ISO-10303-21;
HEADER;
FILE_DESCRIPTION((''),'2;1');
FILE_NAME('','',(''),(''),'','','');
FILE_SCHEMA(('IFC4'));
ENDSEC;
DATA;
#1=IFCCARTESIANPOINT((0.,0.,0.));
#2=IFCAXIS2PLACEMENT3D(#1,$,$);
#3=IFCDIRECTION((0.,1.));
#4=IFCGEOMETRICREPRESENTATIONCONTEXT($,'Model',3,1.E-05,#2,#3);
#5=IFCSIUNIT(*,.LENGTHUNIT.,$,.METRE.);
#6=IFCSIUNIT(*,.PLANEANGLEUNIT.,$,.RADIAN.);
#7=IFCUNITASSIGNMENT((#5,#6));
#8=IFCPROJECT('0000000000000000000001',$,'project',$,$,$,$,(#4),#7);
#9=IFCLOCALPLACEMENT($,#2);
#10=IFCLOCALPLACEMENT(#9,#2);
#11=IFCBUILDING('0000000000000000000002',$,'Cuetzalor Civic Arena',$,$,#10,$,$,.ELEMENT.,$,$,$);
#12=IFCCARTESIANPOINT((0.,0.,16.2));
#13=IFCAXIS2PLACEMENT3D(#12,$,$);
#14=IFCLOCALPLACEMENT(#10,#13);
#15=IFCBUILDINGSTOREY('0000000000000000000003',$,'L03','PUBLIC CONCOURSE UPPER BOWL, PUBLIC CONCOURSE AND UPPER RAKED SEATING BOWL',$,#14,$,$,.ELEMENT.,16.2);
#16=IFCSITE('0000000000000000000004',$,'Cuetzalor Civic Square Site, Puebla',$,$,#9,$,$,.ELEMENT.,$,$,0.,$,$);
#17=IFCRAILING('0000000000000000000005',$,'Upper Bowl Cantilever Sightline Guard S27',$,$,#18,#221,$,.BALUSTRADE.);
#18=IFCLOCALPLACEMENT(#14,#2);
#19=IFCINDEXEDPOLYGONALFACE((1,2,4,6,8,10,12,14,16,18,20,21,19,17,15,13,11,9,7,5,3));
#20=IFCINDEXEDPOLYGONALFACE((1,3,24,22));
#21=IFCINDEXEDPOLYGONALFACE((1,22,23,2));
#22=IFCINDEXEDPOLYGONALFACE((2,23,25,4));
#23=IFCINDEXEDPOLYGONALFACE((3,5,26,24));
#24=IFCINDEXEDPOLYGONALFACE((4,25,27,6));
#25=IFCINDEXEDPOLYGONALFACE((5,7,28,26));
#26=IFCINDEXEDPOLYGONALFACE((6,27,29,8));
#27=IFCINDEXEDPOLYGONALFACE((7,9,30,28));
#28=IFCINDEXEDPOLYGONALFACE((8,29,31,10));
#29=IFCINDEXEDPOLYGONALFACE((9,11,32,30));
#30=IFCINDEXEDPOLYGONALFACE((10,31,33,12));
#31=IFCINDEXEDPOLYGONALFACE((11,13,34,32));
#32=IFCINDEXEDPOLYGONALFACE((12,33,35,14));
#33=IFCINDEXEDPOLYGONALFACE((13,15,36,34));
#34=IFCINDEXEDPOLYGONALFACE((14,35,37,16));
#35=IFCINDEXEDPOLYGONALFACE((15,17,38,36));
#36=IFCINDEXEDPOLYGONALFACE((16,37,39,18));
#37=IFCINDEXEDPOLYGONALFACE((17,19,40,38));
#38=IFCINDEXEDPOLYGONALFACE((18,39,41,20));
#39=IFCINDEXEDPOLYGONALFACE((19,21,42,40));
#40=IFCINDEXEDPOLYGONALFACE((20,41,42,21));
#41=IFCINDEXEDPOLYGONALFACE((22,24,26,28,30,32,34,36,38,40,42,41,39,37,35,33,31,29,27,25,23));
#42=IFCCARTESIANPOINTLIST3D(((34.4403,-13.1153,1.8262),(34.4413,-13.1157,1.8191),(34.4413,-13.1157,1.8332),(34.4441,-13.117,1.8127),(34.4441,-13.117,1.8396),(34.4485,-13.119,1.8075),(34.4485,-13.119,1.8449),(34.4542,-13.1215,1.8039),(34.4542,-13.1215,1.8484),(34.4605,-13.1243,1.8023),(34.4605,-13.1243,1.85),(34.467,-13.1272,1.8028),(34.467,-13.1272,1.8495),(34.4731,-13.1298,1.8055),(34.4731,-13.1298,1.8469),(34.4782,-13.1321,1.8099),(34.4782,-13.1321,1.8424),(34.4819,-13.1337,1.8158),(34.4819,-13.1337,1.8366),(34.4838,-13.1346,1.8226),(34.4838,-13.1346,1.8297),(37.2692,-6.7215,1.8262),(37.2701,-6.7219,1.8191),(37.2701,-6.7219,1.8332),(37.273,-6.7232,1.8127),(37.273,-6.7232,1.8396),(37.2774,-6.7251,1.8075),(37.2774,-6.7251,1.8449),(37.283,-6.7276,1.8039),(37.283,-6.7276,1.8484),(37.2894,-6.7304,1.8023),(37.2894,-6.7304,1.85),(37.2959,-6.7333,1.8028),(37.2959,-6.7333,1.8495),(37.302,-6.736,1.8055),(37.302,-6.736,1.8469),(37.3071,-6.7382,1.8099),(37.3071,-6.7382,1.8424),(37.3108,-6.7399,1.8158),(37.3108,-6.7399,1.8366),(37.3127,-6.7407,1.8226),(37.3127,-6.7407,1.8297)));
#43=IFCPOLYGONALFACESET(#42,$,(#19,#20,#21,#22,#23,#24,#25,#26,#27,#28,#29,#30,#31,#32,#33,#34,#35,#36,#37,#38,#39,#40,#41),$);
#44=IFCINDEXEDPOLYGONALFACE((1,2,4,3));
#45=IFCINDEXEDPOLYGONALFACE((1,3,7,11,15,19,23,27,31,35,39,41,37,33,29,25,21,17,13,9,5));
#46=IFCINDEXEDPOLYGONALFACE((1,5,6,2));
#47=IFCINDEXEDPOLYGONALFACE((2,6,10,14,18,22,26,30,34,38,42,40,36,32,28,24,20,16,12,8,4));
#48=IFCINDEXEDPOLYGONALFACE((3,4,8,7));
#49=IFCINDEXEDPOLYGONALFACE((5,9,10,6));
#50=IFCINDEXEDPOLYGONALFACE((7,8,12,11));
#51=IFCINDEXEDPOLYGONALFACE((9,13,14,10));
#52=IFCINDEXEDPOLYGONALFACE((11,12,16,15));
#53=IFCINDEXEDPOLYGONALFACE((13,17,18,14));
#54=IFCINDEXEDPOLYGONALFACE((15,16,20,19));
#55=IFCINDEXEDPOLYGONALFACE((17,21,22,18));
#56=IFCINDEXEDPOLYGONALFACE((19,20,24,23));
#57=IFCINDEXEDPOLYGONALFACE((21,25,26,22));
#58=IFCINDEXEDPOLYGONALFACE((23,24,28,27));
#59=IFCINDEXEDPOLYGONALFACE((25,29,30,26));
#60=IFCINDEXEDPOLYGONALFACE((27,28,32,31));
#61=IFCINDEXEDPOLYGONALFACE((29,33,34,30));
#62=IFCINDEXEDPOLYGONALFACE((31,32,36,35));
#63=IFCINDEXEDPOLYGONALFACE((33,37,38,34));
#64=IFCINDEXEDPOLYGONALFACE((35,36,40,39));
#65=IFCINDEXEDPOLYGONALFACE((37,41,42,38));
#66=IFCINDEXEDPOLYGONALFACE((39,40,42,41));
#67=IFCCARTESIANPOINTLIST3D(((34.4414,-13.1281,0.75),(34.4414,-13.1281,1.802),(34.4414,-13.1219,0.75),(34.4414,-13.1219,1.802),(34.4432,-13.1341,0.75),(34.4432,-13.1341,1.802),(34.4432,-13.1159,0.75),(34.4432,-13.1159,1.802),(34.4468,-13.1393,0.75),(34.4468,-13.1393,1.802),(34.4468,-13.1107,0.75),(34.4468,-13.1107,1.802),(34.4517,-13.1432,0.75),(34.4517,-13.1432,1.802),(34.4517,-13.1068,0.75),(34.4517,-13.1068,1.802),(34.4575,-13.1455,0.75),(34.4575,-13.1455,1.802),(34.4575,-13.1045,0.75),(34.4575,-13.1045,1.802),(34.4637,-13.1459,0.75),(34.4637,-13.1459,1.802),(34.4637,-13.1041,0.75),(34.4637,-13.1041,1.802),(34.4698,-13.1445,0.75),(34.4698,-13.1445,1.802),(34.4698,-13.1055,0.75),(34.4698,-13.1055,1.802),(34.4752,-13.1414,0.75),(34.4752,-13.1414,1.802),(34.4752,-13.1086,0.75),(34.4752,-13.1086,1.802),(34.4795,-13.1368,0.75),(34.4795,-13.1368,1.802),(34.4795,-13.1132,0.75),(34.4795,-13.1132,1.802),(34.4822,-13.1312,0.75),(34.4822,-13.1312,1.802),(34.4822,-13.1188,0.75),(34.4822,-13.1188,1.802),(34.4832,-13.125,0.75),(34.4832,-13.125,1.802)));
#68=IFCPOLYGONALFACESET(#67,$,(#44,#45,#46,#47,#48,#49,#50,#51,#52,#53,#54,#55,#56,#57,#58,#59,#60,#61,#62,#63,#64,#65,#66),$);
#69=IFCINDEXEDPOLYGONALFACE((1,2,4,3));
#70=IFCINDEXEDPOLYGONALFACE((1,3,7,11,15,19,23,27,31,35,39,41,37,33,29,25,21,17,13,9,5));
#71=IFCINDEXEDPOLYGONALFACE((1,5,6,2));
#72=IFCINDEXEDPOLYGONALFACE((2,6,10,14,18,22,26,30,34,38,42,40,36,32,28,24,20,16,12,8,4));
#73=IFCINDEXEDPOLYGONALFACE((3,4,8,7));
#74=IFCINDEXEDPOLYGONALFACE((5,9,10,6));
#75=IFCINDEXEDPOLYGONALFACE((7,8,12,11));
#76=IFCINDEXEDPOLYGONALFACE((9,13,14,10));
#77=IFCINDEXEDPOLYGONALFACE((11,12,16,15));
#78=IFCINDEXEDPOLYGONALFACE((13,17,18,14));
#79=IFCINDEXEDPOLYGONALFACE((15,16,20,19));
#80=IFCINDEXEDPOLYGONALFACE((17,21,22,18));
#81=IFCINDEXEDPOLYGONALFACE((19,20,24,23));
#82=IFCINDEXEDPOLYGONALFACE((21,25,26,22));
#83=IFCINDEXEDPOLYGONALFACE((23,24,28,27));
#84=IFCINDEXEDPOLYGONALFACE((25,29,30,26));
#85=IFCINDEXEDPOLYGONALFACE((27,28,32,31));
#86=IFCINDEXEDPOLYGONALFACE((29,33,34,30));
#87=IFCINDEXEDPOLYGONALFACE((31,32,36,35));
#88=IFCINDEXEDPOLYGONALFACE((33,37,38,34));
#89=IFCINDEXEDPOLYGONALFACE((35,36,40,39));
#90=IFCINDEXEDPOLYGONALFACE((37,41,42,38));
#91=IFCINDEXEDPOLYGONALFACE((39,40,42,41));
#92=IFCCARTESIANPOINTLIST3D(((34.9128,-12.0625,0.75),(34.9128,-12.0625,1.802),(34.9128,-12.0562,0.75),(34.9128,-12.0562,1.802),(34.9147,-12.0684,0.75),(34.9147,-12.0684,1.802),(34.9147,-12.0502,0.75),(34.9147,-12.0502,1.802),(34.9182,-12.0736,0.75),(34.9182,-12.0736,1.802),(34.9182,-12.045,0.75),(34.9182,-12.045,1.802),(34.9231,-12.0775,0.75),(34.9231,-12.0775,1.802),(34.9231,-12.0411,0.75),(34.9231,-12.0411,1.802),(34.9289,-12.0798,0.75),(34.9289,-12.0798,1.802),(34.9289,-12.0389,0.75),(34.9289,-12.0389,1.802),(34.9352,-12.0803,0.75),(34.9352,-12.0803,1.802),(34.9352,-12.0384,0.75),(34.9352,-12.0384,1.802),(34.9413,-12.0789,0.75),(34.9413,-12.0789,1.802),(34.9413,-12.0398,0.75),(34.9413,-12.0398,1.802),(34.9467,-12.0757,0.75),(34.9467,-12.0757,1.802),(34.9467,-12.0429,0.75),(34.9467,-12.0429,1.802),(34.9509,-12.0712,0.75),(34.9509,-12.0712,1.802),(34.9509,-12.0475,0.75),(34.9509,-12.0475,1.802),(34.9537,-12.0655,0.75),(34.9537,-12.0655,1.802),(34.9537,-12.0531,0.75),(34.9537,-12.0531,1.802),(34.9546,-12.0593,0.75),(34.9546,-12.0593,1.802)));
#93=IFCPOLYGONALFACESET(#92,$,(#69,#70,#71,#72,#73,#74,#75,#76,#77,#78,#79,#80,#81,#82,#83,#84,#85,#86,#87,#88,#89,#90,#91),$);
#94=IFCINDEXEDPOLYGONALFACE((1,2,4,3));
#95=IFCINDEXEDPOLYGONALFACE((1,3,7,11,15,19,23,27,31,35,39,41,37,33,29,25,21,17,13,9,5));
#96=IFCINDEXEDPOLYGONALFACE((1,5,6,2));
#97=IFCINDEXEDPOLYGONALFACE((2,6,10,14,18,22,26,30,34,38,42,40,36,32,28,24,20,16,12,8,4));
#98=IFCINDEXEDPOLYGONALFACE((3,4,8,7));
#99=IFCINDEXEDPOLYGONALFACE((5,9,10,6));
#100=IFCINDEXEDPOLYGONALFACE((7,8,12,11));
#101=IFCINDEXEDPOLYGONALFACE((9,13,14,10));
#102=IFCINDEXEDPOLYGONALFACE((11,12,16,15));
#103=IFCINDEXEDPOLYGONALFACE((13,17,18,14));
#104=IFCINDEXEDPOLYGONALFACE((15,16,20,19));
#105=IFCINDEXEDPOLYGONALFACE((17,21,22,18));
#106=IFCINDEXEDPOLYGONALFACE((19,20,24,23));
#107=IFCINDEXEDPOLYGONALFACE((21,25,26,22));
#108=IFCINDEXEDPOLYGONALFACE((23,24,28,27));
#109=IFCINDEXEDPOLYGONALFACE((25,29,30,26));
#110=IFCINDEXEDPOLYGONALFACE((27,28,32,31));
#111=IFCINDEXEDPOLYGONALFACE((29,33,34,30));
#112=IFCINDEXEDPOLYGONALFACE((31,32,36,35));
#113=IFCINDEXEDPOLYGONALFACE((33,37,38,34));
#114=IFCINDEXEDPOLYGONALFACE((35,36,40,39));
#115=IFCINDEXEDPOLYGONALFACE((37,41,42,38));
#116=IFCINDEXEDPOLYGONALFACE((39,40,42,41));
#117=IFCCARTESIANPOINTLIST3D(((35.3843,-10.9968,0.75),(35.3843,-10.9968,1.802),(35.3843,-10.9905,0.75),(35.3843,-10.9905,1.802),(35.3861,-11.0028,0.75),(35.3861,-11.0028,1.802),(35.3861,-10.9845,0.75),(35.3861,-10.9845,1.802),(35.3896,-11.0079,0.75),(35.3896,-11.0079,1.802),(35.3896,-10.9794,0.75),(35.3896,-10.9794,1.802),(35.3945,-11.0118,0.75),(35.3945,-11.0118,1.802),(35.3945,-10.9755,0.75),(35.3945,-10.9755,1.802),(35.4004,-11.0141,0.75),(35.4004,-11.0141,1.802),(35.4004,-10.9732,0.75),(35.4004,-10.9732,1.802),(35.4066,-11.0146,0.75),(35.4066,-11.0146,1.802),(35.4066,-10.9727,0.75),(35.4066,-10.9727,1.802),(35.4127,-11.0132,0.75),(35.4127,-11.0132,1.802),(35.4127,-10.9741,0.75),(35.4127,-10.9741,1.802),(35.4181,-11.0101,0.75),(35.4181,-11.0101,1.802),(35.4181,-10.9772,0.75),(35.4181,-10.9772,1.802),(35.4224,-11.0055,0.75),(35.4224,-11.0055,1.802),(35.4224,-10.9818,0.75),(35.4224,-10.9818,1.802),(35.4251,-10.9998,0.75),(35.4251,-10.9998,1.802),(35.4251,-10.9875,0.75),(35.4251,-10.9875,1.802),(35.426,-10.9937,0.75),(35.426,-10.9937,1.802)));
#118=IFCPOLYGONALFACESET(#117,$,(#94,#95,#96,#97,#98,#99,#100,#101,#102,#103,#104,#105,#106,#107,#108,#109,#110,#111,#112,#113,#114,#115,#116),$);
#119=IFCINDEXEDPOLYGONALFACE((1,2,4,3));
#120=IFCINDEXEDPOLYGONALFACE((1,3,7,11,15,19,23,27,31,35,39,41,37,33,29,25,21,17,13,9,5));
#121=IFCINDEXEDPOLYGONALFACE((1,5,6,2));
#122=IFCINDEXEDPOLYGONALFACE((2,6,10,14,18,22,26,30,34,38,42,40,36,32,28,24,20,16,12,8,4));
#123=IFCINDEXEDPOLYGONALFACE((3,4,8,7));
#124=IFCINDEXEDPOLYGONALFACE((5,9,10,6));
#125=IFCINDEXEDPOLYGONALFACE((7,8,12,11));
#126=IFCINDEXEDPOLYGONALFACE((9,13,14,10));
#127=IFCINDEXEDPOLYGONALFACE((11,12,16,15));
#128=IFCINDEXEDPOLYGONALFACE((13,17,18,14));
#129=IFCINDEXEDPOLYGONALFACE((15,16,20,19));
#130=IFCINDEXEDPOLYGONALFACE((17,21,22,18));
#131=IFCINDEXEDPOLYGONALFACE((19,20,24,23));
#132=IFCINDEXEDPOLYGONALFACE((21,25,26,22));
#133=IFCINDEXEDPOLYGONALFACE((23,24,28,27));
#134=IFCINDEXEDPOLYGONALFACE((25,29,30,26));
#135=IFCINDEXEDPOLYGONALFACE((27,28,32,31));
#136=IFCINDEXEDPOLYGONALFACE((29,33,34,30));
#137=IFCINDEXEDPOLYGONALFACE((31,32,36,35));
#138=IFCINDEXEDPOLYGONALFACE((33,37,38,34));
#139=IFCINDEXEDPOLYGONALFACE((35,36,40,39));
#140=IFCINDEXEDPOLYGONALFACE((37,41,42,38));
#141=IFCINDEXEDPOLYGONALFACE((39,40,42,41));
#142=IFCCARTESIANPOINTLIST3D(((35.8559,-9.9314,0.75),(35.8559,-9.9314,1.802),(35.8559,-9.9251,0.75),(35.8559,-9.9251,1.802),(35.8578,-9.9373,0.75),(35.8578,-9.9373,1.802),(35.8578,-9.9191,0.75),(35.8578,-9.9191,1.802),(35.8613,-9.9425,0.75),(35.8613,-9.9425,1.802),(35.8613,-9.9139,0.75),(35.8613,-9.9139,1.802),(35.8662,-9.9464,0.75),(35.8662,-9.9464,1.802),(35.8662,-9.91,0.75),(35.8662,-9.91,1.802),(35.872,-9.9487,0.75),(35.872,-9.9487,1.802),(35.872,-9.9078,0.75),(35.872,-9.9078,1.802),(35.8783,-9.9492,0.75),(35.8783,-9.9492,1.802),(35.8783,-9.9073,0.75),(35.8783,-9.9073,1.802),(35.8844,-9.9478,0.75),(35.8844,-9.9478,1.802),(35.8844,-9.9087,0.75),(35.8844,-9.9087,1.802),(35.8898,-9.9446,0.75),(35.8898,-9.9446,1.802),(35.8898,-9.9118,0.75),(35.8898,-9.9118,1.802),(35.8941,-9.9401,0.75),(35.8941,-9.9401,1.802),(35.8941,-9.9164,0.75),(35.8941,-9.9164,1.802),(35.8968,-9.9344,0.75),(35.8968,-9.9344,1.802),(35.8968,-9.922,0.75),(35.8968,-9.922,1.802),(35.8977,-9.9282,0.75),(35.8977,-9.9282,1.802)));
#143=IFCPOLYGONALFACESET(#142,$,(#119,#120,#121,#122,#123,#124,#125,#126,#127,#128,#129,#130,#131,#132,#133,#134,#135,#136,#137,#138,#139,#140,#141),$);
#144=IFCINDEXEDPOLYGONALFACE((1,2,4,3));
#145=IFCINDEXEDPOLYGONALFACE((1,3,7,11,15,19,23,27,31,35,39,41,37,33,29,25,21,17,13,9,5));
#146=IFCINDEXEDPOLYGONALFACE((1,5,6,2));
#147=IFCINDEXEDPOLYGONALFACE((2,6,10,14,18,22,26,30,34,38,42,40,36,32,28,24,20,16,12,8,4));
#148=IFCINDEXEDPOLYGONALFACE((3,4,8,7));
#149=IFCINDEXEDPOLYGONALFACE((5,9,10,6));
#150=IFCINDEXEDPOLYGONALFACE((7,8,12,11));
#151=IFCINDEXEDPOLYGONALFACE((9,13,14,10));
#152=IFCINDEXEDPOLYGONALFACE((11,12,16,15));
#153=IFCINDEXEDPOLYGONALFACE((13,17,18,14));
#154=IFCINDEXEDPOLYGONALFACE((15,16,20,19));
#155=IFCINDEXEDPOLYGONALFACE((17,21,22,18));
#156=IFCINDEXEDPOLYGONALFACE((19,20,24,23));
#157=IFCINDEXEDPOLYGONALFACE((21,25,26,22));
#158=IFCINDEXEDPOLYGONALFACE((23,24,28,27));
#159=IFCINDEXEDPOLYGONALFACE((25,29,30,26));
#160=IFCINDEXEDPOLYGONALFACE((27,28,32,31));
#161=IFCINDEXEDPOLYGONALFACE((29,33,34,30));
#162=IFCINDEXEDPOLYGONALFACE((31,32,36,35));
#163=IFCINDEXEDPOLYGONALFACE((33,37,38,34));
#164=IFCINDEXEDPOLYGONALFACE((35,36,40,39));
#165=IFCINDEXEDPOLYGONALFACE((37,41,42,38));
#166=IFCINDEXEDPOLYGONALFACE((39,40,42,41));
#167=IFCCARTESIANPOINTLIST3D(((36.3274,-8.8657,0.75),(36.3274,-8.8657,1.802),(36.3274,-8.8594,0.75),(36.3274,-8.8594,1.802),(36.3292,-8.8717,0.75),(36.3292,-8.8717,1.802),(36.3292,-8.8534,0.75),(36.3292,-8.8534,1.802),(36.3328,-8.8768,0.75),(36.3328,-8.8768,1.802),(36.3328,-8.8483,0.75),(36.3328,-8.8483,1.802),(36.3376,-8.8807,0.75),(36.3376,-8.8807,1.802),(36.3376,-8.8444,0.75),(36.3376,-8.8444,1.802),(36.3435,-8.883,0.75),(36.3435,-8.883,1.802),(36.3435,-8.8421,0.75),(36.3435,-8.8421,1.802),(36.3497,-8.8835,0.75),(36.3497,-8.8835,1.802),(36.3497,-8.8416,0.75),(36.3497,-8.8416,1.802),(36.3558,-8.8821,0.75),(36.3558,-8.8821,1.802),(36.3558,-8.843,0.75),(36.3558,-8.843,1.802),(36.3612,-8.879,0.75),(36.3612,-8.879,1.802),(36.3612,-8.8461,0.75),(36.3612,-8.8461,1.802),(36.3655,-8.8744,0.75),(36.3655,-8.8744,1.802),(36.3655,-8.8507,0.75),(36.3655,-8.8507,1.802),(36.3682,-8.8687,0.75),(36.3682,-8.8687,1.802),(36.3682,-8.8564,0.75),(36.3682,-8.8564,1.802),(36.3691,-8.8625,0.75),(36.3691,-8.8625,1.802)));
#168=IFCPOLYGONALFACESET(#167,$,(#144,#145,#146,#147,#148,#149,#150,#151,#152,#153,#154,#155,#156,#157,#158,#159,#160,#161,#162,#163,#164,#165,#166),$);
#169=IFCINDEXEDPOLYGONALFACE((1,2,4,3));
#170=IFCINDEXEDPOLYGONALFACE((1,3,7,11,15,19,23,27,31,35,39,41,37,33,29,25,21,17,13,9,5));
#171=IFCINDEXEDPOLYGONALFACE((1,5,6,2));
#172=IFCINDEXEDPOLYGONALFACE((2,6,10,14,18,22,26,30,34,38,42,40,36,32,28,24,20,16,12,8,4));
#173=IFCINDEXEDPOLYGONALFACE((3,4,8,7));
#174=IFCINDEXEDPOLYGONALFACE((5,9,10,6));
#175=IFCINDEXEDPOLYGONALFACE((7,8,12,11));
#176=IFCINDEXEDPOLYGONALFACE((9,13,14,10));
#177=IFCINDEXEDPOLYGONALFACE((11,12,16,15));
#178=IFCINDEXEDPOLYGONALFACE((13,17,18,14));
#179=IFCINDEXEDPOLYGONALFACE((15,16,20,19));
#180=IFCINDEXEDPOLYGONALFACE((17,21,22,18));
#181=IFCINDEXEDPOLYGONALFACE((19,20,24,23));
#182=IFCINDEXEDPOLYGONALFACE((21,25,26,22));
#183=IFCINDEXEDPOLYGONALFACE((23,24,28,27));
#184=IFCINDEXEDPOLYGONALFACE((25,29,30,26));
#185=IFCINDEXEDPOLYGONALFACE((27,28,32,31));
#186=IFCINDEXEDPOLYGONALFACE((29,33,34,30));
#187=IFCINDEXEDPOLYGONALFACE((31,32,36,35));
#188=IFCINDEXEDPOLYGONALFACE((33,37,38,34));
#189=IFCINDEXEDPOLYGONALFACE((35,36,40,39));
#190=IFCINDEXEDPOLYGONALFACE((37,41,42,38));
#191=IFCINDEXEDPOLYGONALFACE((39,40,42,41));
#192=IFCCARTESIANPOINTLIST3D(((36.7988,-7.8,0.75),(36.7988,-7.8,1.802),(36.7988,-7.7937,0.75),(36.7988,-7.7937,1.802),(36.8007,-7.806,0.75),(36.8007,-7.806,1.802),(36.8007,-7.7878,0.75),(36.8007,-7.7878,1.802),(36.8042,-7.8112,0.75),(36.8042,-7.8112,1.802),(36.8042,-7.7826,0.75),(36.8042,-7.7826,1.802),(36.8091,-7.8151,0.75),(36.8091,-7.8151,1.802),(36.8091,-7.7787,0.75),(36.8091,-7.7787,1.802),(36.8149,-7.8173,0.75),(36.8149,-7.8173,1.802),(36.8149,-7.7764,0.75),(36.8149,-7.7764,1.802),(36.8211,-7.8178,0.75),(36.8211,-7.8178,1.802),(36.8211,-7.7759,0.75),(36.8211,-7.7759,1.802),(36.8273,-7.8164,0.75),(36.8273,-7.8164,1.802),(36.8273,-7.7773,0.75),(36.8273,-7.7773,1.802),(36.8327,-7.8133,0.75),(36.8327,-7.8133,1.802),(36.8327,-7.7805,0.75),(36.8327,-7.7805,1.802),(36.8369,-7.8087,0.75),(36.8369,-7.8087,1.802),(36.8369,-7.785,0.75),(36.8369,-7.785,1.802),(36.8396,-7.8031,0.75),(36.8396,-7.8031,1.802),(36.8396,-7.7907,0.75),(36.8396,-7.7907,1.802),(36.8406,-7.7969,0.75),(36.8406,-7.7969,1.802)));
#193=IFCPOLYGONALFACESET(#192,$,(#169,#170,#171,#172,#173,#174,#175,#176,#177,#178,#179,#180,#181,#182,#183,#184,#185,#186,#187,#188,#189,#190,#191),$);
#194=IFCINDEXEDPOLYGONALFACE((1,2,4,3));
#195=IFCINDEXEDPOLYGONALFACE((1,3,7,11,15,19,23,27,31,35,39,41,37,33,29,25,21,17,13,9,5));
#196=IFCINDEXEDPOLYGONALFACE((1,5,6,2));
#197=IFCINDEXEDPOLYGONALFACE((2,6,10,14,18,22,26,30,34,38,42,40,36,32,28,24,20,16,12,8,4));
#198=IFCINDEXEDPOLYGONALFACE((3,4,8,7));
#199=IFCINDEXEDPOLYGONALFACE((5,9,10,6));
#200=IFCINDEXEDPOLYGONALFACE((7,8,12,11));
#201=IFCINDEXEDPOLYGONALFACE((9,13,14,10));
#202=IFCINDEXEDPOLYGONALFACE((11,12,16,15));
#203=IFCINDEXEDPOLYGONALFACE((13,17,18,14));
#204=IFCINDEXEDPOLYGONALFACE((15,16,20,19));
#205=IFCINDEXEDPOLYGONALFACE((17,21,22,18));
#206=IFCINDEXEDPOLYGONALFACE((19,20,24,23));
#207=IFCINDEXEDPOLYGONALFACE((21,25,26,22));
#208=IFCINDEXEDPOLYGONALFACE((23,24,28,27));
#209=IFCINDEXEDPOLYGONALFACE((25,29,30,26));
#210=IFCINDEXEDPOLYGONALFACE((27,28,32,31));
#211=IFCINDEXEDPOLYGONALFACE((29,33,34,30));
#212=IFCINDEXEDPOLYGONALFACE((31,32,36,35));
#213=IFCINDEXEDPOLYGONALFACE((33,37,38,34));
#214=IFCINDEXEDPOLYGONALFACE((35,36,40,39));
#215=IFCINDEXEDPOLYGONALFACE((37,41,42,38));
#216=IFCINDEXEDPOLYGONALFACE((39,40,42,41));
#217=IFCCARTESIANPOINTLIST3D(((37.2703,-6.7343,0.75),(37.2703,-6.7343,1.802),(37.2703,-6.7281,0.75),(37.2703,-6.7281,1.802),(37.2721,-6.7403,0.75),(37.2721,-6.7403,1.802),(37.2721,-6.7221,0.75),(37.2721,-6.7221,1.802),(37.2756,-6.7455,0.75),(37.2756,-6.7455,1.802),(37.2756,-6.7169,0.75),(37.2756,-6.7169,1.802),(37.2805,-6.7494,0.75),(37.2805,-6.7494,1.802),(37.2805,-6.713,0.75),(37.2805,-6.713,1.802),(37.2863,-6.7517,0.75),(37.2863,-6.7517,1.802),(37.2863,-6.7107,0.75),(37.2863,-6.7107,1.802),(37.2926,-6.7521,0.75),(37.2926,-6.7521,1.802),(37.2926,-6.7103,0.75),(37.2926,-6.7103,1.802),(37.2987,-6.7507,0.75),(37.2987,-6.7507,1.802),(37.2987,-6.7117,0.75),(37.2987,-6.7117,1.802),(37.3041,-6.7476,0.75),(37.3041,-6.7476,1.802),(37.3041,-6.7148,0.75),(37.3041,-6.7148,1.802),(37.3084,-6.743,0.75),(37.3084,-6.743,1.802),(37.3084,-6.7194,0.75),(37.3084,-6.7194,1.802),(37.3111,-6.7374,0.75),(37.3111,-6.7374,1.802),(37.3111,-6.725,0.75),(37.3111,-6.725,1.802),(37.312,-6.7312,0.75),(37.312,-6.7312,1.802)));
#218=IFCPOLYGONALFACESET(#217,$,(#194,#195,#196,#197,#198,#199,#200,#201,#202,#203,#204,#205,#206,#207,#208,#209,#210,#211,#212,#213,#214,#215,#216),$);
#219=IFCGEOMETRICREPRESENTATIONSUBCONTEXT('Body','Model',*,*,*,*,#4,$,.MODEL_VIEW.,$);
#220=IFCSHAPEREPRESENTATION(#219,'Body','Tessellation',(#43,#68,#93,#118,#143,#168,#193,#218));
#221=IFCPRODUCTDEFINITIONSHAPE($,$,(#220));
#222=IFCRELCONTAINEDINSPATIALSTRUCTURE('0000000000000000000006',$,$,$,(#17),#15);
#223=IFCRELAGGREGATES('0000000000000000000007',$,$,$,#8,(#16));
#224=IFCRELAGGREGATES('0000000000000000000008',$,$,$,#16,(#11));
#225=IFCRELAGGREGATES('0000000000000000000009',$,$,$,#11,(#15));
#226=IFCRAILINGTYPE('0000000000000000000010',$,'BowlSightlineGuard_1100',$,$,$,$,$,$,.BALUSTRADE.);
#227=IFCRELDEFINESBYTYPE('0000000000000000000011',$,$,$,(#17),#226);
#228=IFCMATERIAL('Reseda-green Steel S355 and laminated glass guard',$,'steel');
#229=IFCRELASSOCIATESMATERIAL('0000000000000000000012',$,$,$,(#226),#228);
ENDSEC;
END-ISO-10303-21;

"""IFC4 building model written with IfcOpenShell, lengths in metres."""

from ifc_helpers import new_model, si_unit, direction, frame, origin, origin_2d, place, context, subcontext, project, spatial, circle, extrude, material, type_object, element, save


model = new_model("IFC4")

# Units and contexts
model_context = context("Model", 3, precision=1e-05, world=origin(), true_north=direction((0.0, 1.0)))
body_context = subcontext(model_context, "Body", "Model", "MODEL_VIEW")
ifc_project = project(units=[si_unit("LENGTHUNIT", "METRE"), si_unit("PLANEANGLEUNIT", "RADIAN")], contexts=[model_context])

# Site, building, storey
site_placement = place(None, origin())
site = spatial("IfcSite", under=ifc_project, at=site_placement, Name="Cuetzalor Civic Square Site, Puebla", CompositionType="ELEMENT", RefElevation=0.0)
building_placement = place(site_placement, origin())
building = spatial("IfcBuilding", under=site, at=building_placement, Name="Cuetzalor Civic Arena", CompositionType="ELEMENT")
storey_placement = place(building_placement, frame((0.0, 0.0, 16.2)))
storey = spatial("IfcBuildingStorey", under=building, at=storey_placement, Name="L03", Description="PUBLIC CONCOURSE UPPER BOWL, PUBLIC CONCOURSE AND UPPER RAKED SEATING BOWL", CompositionType="ELEMENT", Elevation=16.2)

# Railing
ifc_material_1 = material(Name="Reseda-green Steel S355 and laminated glass guard", Category="steel")
railing_type = type_object("IfcRailingType", Name="BowlSightlineGuard_1100", PredefinedType="BALUSTRADE", material=ifc_material_1)
railing_1_placement = place(storey_placement, frame((34.4622, -13.125, 0.75)))
element("IfcRailing", 1, at=railing_1_placement, inside=storey, type_object=railing_type, Name="Upper Bowl Cantilever Sightline Guard S27", PredefinedType="BALUSTRADE", context=body_context, shape_type="SweptSolid", body=[
    extrude(circle(Radius=0.0239, at=origin_2d()), frame((0.0, 0.0, 1.0762), z_axis=(0.404605, 0.914491, 0.0), x_axis=(-0.914491, 0.404605, 0.0)), (0.0, 0.0, 1.0), 6.9917),
    extrude(circle(Radius=0.021, at=origin_2d()), origin(), (0.0, 0.0, 1.0), 1.052),
    extrude(circle(Radius=0.021, at=origin_2d()), frame((0.4714, 1.0657, 0.0)), (0.0, 0.0, 1.0), 1.052),
    extrude(circle(Radius=0.021, at=origin_2d()), frame((0.9429, 2.1313, 0.0)), (0.0, 0.0, 1.0), 1.052),
    extrude(circle(Radius=0.021, at=origin_2d()), frame((1.4146, 3.1968, 0.0)), (0.0, 0.0, 1.0), 1.052),
    extrude(circle(Radius=0.021, at=origin_2d()), frame((1.886, 4.2625, 0.0)), (0.0, 0.0, 1.0), 1.052),
    extrude(circle(Radius=0.021, at=origin_2d()), frame((2.3574, 5.3281, 0.0)), (0.0, 0.0, 1.0), 1.052),
    extrude(circle(Radius=0.021, at=origin_2d()), frame((2.8289, 6.3938, 0.0)), (0.0, 0.0, 1.0), 1.052),
])

save(model, "model.ifc")
